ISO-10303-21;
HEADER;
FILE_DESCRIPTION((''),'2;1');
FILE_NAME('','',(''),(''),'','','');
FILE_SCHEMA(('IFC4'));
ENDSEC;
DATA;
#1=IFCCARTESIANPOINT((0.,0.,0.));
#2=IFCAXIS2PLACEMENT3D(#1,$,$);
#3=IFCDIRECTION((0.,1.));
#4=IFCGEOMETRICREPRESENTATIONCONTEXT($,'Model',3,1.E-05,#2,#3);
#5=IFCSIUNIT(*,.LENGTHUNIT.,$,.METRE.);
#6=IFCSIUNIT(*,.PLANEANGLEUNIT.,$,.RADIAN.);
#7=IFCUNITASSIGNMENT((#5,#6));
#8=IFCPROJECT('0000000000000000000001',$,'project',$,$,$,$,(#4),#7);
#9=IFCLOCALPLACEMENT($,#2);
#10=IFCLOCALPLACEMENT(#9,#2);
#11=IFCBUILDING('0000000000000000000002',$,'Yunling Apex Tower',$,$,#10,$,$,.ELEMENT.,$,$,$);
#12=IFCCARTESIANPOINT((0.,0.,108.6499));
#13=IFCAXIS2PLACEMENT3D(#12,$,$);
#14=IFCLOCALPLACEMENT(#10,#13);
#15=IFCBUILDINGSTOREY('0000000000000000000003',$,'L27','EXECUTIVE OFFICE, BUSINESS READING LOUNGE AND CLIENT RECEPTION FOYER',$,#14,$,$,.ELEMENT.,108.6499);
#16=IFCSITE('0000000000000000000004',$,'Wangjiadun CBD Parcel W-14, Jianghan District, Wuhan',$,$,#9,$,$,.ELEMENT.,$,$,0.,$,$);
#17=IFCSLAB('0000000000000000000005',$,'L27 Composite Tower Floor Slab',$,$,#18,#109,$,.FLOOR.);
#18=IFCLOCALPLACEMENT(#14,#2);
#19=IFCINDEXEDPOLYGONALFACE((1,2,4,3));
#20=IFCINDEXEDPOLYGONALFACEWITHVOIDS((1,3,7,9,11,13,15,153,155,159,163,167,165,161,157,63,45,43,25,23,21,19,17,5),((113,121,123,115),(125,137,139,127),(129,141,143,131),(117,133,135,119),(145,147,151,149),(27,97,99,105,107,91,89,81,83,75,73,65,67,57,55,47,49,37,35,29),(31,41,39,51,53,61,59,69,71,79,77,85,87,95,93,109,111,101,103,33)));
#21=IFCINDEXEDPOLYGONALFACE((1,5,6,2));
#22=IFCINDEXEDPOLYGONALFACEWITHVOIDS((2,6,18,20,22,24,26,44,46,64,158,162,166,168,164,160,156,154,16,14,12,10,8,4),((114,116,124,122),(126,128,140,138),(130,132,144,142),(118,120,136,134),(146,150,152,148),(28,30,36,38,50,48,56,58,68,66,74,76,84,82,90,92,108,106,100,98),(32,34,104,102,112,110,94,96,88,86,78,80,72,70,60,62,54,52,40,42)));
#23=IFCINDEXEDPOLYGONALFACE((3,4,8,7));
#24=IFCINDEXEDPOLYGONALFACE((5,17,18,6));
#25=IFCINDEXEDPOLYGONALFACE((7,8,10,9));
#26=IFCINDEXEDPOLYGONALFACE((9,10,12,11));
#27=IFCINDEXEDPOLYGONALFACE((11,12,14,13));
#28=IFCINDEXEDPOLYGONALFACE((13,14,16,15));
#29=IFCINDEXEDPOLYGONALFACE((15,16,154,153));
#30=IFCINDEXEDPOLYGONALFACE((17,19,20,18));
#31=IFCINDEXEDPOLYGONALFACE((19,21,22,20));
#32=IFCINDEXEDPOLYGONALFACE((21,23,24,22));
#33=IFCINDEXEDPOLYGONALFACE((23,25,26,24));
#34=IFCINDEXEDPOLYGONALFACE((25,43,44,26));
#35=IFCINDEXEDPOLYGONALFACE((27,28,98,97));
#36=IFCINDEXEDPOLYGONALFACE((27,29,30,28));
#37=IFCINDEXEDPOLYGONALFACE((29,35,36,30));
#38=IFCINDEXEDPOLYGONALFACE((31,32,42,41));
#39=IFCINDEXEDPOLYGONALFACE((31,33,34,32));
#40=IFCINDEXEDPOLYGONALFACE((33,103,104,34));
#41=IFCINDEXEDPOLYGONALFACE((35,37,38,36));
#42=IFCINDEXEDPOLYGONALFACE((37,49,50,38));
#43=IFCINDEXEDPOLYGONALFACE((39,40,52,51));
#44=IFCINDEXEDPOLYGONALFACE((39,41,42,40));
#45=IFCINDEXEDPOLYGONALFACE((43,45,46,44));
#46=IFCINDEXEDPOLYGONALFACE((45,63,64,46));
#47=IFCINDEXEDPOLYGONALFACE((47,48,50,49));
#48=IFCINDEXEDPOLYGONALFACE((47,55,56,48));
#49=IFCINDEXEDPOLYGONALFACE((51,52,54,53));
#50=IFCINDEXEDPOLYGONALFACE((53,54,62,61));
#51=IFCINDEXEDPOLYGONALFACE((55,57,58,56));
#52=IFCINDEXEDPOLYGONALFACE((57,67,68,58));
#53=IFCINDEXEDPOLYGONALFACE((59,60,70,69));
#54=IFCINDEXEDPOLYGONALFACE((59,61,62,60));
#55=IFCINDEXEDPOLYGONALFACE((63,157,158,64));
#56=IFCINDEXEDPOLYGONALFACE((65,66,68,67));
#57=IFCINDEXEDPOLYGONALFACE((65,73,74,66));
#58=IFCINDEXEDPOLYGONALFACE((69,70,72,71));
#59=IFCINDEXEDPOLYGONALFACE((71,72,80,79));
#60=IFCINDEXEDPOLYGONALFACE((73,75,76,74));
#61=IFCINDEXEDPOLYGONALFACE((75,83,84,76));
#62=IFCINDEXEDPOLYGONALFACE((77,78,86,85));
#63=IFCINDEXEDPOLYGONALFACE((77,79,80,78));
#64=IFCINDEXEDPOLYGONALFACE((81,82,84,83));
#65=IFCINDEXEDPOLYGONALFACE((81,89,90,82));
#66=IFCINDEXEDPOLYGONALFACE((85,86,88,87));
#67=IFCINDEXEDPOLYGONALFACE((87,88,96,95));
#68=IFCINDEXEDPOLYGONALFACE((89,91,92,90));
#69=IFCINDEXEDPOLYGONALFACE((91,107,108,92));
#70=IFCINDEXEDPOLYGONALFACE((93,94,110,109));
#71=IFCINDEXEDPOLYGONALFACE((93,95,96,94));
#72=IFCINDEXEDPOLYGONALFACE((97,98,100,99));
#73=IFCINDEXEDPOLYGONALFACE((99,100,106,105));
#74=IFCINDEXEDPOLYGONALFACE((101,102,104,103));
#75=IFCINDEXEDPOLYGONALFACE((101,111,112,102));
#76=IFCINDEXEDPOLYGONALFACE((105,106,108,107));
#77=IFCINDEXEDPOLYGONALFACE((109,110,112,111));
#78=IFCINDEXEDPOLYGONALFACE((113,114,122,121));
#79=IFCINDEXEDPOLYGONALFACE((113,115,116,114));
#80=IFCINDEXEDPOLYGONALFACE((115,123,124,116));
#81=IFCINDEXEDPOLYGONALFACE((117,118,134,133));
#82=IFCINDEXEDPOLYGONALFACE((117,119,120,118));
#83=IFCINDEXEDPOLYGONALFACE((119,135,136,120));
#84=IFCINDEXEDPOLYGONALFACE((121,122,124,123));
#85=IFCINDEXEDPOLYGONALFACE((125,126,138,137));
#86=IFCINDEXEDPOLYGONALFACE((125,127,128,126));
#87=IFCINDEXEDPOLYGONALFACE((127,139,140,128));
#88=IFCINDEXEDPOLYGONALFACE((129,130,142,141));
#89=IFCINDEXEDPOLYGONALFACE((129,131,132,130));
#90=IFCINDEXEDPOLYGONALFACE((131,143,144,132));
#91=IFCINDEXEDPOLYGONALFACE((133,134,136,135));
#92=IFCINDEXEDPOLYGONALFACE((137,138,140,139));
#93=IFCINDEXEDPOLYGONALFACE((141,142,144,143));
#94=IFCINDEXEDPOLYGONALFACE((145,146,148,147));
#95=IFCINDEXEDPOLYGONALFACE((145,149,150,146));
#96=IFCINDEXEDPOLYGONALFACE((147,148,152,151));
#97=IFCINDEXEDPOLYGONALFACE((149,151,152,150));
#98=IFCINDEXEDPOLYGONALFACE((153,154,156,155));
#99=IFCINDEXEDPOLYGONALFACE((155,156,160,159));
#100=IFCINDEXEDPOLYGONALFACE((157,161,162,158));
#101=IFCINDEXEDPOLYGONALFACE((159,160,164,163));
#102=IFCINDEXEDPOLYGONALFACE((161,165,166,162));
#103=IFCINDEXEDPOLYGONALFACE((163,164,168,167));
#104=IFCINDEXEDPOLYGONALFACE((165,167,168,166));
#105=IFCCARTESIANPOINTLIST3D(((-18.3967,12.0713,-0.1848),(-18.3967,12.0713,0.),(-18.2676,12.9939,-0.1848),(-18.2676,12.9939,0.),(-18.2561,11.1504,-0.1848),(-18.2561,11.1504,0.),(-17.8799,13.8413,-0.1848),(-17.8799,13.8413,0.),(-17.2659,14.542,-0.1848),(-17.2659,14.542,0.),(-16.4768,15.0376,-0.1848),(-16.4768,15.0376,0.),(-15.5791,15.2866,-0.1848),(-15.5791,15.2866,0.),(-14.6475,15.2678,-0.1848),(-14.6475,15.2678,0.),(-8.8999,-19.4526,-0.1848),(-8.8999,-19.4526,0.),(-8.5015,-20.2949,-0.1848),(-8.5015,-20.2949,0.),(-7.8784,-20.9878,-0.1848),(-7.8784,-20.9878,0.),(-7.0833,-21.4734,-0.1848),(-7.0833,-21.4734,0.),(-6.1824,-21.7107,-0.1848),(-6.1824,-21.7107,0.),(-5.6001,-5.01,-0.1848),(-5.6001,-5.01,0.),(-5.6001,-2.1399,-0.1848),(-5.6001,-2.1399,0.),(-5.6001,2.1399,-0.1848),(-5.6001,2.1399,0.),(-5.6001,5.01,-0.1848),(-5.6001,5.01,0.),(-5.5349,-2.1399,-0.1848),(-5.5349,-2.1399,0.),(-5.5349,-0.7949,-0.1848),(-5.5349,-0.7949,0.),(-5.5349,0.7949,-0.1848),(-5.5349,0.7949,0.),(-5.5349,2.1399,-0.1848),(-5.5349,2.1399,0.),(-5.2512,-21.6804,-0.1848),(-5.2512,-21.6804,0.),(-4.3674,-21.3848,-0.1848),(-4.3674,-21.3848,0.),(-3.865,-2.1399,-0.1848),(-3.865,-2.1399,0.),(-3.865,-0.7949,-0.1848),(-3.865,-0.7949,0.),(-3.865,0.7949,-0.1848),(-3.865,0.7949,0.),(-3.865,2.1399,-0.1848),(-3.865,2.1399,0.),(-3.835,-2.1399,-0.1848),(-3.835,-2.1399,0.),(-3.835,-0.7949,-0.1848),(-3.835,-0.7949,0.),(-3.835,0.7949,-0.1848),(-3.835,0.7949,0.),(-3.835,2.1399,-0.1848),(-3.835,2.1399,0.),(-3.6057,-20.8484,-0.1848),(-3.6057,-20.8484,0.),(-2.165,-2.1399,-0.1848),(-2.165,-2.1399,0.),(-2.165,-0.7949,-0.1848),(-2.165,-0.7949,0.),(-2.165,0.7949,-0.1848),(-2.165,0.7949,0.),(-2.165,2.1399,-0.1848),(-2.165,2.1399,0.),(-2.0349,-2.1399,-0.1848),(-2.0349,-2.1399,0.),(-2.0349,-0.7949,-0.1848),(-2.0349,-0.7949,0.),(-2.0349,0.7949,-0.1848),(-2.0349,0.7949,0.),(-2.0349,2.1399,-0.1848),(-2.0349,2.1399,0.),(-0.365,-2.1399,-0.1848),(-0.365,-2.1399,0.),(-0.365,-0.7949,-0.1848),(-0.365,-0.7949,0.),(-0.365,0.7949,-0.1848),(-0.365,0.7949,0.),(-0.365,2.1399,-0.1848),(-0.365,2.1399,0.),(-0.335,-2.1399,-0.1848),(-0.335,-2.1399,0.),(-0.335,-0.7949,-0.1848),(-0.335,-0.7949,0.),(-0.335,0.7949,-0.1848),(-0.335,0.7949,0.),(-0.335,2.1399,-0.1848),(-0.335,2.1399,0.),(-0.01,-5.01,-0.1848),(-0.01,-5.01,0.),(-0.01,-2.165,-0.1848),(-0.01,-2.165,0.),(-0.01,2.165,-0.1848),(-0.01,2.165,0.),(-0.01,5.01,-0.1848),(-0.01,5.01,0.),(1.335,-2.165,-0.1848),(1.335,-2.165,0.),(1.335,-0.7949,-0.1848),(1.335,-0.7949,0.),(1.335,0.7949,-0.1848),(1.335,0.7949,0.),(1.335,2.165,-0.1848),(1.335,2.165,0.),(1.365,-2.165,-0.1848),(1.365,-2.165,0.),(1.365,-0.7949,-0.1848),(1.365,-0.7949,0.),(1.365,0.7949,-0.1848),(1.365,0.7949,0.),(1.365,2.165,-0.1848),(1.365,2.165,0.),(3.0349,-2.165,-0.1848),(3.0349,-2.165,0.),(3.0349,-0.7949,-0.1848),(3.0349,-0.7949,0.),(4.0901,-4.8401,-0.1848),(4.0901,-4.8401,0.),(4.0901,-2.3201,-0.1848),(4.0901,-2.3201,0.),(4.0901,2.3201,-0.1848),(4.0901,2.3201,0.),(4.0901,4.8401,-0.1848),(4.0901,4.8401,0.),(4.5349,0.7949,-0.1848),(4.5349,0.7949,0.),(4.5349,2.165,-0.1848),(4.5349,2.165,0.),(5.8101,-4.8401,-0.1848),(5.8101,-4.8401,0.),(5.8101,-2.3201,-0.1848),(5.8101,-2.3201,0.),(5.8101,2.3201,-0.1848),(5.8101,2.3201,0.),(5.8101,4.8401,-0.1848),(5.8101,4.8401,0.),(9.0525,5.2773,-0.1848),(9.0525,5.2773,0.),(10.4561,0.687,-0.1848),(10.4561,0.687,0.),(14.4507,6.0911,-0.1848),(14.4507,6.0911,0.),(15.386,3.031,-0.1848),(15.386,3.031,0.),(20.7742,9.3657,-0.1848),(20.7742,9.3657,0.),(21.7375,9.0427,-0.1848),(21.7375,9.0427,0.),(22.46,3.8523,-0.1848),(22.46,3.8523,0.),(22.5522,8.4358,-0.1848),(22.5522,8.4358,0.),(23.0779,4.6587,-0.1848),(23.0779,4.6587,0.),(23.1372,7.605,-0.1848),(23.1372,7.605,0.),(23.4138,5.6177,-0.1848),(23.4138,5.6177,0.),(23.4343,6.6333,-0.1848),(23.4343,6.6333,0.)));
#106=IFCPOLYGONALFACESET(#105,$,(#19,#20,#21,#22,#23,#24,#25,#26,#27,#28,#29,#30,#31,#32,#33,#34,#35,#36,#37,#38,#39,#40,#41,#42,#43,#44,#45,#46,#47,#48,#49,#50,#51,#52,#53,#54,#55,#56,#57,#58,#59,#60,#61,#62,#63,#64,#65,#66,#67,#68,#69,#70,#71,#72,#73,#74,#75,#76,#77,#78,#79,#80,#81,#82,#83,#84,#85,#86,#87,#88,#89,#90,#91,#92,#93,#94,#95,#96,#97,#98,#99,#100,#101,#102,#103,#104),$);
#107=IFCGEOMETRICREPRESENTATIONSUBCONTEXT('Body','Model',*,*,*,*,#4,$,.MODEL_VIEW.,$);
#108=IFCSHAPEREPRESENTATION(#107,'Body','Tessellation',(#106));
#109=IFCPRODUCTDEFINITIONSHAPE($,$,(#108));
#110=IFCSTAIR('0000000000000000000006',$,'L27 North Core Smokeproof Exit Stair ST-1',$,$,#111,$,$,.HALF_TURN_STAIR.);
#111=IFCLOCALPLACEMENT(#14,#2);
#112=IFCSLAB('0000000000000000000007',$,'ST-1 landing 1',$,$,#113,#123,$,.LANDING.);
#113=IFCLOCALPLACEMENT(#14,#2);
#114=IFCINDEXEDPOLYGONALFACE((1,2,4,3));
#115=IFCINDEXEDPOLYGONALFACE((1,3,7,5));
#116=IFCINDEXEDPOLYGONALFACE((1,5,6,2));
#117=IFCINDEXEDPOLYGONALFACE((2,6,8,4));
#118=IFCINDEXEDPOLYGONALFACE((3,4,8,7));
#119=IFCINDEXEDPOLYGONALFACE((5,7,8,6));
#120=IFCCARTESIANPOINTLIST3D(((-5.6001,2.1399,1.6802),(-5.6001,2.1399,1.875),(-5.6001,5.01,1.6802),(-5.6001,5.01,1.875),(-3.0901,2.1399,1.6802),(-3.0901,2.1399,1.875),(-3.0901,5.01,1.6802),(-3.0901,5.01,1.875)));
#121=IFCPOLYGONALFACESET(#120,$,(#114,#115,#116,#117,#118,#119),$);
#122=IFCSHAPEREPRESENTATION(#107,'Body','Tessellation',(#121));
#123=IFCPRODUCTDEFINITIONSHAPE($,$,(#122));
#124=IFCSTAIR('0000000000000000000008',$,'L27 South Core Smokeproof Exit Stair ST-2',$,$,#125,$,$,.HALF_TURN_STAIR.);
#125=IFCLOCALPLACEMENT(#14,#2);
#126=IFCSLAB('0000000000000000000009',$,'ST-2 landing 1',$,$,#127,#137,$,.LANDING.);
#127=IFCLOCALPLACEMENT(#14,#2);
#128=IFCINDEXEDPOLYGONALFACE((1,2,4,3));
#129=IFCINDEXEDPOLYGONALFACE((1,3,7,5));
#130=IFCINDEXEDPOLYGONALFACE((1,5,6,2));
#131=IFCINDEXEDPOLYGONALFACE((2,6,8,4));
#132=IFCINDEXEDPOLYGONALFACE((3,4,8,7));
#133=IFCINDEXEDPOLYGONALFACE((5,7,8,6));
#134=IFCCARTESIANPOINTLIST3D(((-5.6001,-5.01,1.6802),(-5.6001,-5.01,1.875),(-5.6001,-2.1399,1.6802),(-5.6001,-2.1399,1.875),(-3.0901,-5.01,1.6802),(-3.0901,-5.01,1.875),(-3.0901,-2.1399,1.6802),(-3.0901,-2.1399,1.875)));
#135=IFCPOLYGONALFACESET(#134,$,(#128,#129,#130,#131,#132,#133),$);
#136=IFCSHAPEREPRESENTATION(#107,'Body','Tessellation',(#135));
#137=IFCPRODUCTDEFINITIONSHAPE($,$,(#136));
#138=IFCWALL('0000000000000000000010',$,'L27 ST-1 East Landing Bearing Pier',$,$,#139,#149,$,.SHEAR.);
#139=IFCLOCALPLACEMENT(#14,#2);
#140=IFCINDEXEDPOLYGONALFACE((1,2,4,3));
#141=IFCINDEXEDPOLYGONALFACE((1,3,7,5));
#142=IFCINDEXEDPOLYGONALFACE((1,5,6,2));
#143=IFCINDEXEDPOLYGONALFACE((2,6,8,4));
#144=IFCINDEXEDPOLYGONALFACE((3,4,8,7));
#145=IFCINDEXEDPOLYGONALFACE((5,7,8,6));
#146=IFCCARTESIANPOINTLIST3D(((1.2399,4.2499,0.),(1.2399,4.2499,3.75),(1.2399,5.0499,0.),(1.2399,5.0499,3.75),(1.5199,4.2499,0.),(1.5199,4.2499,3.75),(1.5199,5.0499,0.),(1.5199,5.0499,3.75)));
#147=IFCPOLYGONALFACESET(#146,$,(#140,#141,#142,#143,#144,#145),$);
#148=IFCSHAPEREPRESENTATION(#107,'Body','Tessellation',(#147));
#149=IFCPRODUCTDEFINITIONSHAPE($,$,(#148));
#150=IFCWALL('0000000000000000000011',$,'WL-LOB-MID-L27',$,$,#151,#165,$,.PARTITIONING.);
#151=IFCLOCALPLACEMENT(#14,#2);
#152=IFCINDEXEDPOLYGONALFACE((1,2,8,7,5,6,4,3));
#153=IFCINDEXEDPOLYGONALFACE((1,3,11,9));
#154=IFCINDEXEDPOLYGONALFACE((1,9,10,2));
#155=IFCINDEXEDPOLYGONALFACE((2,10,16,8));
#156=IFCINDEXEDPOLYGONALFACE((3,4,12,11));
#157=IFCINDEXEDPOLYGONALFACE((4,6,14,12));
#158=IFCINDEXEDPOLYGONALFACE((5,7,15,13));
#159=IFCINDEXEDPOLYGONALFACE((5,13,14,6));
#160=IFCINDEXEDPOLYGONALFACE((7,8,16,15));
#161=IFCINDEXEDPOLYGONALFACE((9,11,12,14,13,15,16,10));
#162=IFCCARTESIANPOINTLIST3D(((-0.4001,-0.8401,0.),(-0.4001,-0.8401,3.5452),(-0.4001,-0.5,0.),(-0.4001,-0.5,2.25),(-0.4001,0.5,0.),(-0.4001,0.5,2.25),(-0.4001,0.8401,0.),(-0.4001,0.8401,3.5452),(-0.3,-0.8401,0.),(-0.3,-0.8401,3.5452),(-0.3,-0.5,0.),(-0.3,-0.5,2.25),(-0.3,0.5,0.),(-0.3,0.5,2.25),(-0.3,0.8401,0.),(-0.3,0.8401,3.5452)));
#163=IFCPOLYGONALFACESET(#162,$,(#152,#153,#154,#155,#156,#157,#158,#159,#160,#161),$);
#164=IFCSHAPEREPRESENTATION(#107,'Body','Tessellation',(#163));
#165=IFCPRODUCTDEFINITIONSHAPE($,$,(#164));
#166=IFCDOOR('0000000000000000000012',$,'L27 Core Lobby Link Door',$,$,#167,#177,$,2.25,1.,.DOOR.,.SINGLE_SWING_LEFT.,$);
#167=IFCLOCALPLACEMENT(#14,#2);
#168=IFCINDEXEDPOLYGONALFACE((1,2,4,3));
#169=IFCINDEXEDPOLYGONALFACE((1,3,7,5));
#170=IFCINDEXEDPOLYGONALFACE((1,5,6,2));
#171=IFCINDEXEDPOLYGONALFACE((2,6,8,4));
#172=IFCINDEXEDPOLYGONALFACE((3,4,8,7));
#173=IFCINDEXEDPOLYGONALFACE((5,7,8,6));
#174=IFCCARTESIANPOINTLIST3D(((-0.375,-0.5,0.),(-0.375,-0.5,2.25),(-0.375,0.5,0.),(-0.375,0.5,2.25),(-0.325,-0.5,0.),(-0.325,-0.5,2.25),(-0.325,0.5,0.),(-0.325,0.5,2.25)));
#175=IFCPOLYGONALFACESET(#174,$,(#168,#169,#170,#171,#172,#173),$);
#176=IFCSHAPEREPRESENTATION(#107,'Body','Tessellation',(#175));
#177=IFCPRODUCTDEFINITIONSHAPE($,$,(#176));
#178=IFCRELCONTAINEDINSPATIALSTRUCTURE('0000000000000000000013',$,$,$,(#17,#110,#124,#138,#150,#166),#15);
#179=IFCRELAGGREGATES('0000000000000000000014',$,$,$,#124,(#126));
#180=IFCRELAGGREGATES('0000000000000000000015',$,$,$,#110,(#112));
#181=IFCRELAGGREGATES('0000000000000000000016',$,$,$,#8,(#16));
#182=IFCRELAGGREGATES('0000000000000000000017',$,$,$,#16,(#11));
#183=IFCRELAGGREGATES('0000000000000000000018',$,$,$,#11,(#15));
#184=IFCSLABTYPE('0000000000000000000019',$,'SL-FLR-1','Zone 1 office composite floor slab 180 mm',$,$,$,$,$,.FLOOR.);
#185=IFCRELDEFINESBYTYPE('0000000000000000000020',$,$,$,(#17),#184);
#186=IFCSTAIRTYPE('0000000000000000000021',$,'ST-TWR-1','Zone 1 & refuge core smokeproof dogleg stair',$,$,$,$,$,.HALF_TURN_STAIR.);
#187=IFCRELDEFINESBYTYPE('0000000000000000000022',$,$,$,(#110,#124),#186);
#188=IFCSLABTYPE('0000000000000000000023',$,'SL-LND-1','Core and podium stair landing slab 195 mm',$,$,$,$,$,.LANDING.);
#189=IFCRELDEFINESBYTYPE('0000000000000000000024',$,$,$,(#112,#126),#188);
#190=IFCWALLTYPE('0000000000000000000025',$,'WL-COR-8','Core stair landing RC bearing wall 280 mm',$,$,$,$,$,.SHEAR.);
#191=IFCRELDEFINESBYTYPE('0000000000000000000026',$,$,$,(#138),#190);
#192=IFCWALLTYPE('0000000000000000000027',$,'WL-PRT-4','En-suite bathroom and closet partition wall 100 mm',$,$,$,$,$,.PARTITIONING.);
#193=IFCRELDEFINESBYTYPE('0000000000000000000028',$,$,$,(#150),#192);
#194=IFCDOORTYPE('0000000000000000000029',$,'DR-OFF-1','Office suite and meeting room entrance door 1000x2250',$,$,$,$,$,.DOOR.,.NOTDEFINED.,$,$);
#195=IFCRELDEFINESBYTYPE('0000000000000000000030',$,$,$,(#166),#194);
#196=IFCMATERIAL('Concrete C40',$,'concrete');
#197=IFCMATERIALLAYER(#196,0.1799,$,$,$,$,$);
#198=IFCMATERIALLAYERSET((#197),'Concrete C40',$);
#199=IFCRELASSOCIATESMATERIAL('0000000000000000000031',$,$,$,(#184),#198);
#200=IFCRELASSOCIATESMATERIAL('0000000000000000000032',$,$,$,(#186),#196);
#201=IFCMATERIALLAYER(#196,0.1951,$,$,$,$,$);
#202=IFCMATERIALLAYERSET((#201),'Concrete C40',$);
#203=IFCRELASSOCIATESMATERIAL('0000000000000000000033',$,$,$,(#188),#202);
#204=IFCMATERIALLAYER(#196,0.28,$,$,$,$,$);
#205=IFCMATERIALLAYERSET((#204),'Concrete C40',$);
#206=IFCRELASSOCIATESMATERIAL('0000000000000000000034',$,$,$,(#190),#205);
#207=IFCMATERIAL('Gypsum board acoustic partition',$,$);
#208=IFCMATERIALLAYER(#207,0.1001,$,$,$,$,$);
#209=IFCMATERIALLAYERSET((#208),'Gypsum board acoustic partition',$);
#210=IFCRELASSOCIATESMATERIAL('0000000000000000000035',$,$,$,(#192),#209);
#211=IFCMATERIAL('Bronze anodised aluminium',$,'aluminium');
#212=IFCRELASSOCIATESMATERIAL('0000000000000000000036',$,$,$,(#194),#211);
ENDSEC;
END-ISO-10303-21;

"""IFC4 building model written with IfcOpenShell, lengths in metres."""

from ifc_helpers import new_model, si_unit, direction, frame, frame_2d, origin, place, context, subcontext, project, spatial, polyline, rectangle, outline, extrude, material, layer, layer_set, type_object, element, fill, aggregate, save


model = new_model("IFC4")

# Units and contexts
model_context = context("Model", 3, precision=1e-05, world=origin(), true_north=direction((0.0, 1.0)))
body_context = subcontext(model_context, "Body", "Model", "MODEL_VIEW")
ifc_project = project(units=[si_unit("LENGTHUNIT", "METRE"), si_unit("PLANEANGLEUNIT", "RADIAN")], contexts=[model_context])

# Site, building, storey
site_placement = place(None, origin())
site = spatial("IfcSite", under=ifc_project, at=site_placement, Name="Wangjiadun CBD Parcel W-14, Jianghan District, Wuhan", CompositionType="ELEMENT", RefElevation=0.0)
building_placement = place(site_placement, origin())
building = spatial("IfcBuilding", under=site, at=building_placement, Name="Yunling Apex Tower", CompositionType="ELEMENT")
storey_placement = place(building_placement, frame((0.0, 0.0, 108.6499)))
storey = spatial("IfcBuildingStorey", under=building, at=storey_placement, Name="L27", Description="EXECUTIVE OFFICE, BUSINESS READING LOUNGE AND CLIENT RECEPTION FOYER", CompositionType="ELEMENT", Elevation=108.6499)

# Slab
ifc_material_1 = material(Name="Concrete C40", Category="concrete")
ifc_layer_1 = layer(ifc_material_1, 0.1799)
ifc_layer_set_1 = layer_set([ifc_layer_1], Name="Concrete C40")
slab_type_1 = type_object("IfcSlabType", Name="SL-FLR-1", Description="Zone 1 office composite floor slab 180 mm", PredefinedType="FLOOR", material=ifc_layer_set_1)
slab_1_placement = place(storey_placement, frame((0.0, 0.0, -0.1848)))
element("IfcSlab", 1, at=slab_1_placement, inside=storey, type_object=slab_type_1, Name="L27 Composite Tower Floor Slab", PredefinedType="FLOOR", context=body_context, shape_type="SweptSolid", body=[
    extrude(outline(polyline([(-8.8999, -19.4526), (-8.5015, -20.2949), (-7.8784, -20.9878), (-7.0833, -21.4734), (-6.1824, -21.7107), (-5.2512, -21.6804), (-4.3674, -21.3848), (-3.6057, -20.8484), (22.46, 3.8523), (23.0779, 4.6587), (23.4138, 5.6177), (23.4343, 6.6333), (23.1372, 7.605), (22.5522, 8.4358), (21.7375, 9.0427), (20.7742, 9.3657), (-14.6475, 15.2678), (-15.5791, 15.2866), (-16.4768, 15.0376), (-17.2659, 14.542), (-17.8799, 13.8413), (-18.2676, 12.9939), (-18.3967, 12.0713), (-18.2561, 11.1504), (-8.8999, -19.4526)]), holes=[polyline([(14.4507, 6.0911), (15.386, 3.031), (10.4561, 0.687), (9.0525, 5.2773), (14.4507, 6.0911)]), polyline([(5.8101, -2.3201), (5.8101, -4.8401), (4.0901, -4.8401), (4.0901, -2.3201), (5.8101, -2.3201)]), polyline([(5.8101, 4.8401), (5.8101, 2.3201), (4.0901, 2.3201), (4.0901, 4.8401), (5.8101, 4.8401)]), polyline([(4.5349, 0.7949), (1.365, 0.7949), (1.365, 2.165), (4.5349, 2.165), (4.5349, 0.7949)]), polyline([(3.0349, -0.7949), (3.0349, -2.165), (1.365, -2.165), (1.365, -0.7949), (3.0349, -0.7949)]), polyline([(-3.865, -0.7949), (-3.865, -2.1399), (-3.835, -2.1399), (-3.835, -0.7949), (-2.165, -0.7949), (-2.165, -2.1399), (-2.0349, -2.1399), (-2.0349, -0.7949), (-0.365, -0.7949), (-0.365, -2.1399), (-0.335, -2.1399), (-0.335, -0.7949), (1.335, -0.7949), (1.335, -2.165), (-0.01, -2.165), (-0.01, -5.01), (-5.6001, -5.01), (-5.6001, -2.1399), (-5.5349, -2.1399), (-5.5349, -0.7949), (-3.865, -0.7949)]), polyline([(-5.6001, 2.1399), (-5.6001, 5.01), (-0.01, 5.01), (-0.01, 2.165), (1.335, 2.165), (1.335, 0.7949), (-0.335, 0.7949), (-0.335, 2.1399), (-0.365, 2.1399), (-0.365, 0.7949), (-2.0349, 0.7949), (-2.0349, 2.1399), (-2.165, 2.1399), (-2.165, 0.7949), (-3.835, 0.7949), (-3.835, 2.1399), (-3.865, 2.1399), (-3.865, 0.7949), (-5.5349, 0.7949), (-5.5349, 2.1399), (-5.6001, 2.1399)])]), origin(), (0.0, 0.0, 1.0), 0.1848),
])

# Stairs, slabs
stair_type = type_object("IfcStairType", Name="ST-TWR-1", Description="Zone 1 & refuge core smokeproof dogleg stair", PredefinedType="HALF_TURN_STAIR", material=ifc_material_1)
stair_1_placement = place(storey_placement, origin())
stair_1 = element("IfcStair", 2, at=stair_1_placement, inside=storey, type_object=stair_type, Name="L27 North Core Smokeproof Exit Stair ST-1", PredefinedType="HALF_TURN_STAIR")
ifc_layer_2 = layer(ifc_material_1, 0.1951)
ifc_layer_set_2 = layer_set([ifc_layer_2], Name="Concrete C40")
slab_type_2 = type_object("IfcSlabType", Name="SL-LND-1", Description="Core and podium stair landing slab 195 mm", PredefinedType="LANDING", material=ifc_layer_set_2)
slab_2_placement = place(storey_placement, frame((0.0, 0.0, 1.6802)))
slab_2 = element("IfcSlab", 3, at=slab_2_placement, type_object=slab_type_2, Name="ST-1 landing 1", PredefinedType="LANDING", context=body_context, shape_type="SweptSolid", body=[
    extrude(outline(polyline([(-3.0901, 5.01), (-5.6001, 5.01), (-5.6001, 2.1399), (-3.0901, 2.1399), (-3.0901, 5.01)])), origin(), (0.0, 0.0, 1.0), 0.1948),
])
stair_2_placement = place(storey_placement, origin())
stair_2 = element("IfcStair", 4, at=stair_2_placement, inside=storey, type_object=stair_type, Name="L27 South Core Smokeproof Exit Stair ST-2", PredefinedType="HALF_TURN_STAIR")
slab_3_placement = place(storey_placement, frame((0.0, 0.0, 1.6802)))
slab_3 = element("IfcSlab", 5, at=slab_3_placement, type_object=slab_type_2, Name="ST-2 landing 1", PredefinedType="LANDING", context=body_context, shape_type="SweptSolid", body=[
    extrude(outline(polyline([(-3.0901, -2.1399), (-5.6001, -2.1399), (-5.6001, -5.01), (-3.0901, -5.01), (-3.0901, -2.1399)])), origin(), (0.0, 0.0, 1.0), 0.1948),
])
aggregate(stair_2, [slab_3])

# Wall
ifc_layer_3 = layer(ifc_material_1, 0.28)
ifc_layer_set_3 = layer_set([ifc_layer_3], Name="Concrete C40")
wall_type_1 = type_object("IfcWallType", Name="WL-COR-8", Description="Core stair landing RC bearing wall 280 mm", PredefinedType="SHEAR", material=ifc_layer_set_3)
wall_1_placement = place(storey_placement, frame((1.3799, 4.25, 0.0), z_axis=(0.0, 0.0, 1.0), x_axis=(0.0, 1.0, 0.0)))
element("IfcWall", 6, at=wall_1_placement, inside=storey, type_object=wall_type_1, Name="L27 ST-1 East Landing Bearing Pier", PredefinedType="SHEAR", context=body_context, shape_type="SweptSolid", body=[
    extrude(rectangle(XDim=0.8, YDim=0.28, at=frame_2d((0.3999, 0.0))), origin(), (0.0, 0.0, 1.0), 3.75),
])

# Wall, opening, door
ifc_material_2 = material(Name="Gypsum board acoustic partition")
ifc_layer_4 = layer(ifc_material_2, 0.1001)
ifc_layer_set_4 = layer_set([ifc_layer_4], Name="Gypsum board acoustic partition")
wall_type_2 = type_object("IfcWallType", Name="WL-PRT-4", Description="En-suite bathroom and closet partition wall 100 mm", PredefinedType="PARTITIONING", material=ifc_layer_set_4)
wall_2_placement = place(storey_placement, frame((-0.3501, -0.8401, 0.0), z_axis=(0.0, 0.0, 1.0), x_axis=(0.0, 1.0, 0.0)))
wall_2 = element("IfcWall", 7, at=wall_2_placement, inside=storey, type_object=wall_type_2, Name="WL-LOB-MID-L27", PredefinedType="PARTITIONING", context=body_context, shape_type="SweptSolid", body=[
    extrude(rectangle(XDim=1.6802, YDim=0.1001, at=frame_2d((0.8401, 0.0))), origin(), (0.0, 0.0, 1.0), 3.5452),
])
opening_1_placement = place(wall_2_placement, frame((0.3401, 0.0, 0.0)))
opening_1 = element("IfcOpeningElement", 8, at=opening_1_placement, cuts=wall_2, PredefinedType="OPENING", context=body_context, shape_type="SweptSolid", body=[
    extrude(rectangle(XDim=1.0, YDim=2.25, at=frame_2d((0.5, 1.125))), frame((0.0, 0.0601, 0.0), z_axis=(0.0, -1.0, 0.0), x_axis=(1.0, 0.0, 0.0)), (0.0, 0.0, 1.0), 0.1201),
])
ifc_material_3 = material(Name="Bronze anodised aluminium", Category="aluminium")
door_type_1 = type_object("IfcDoorType", Name="DR-OFF-1", Description="Office suite and meeting room entrance door 1000x2250", OperationType="NOTDEFINED", PredefinedType="DOOR", material=ifc_material_3)
door_1_placement = place(opening_1_placement, origin())
door_1 = element("IfcDoor", 9, at=door_1_placement, inside=storey, type_object=door_type_1, Name="L27 Core Lobby Link Door", OperationType="SINGLE_SWING_LEFT", OverallHeight=2.25, OverallWidth=1.0, PredefinedType="DOOR", context=body_context, shape_type="SweptSolid", body=[
    extrude(rectangle(XDim=1.0, YDim=2.25, at=frame_2d((0.5, 1.125))), frame((0.0, 0.0249, 0.0), z_axis=(0.0, -1.0, 0.0), x_axis=(1.0, 0.0, 0.0)), (0.0, 0.0, 1.0), 0.05),
])
fill(opening_1, door_1)

aggregate(stair_1, [slab_2])

save(model, "model.ifc")
